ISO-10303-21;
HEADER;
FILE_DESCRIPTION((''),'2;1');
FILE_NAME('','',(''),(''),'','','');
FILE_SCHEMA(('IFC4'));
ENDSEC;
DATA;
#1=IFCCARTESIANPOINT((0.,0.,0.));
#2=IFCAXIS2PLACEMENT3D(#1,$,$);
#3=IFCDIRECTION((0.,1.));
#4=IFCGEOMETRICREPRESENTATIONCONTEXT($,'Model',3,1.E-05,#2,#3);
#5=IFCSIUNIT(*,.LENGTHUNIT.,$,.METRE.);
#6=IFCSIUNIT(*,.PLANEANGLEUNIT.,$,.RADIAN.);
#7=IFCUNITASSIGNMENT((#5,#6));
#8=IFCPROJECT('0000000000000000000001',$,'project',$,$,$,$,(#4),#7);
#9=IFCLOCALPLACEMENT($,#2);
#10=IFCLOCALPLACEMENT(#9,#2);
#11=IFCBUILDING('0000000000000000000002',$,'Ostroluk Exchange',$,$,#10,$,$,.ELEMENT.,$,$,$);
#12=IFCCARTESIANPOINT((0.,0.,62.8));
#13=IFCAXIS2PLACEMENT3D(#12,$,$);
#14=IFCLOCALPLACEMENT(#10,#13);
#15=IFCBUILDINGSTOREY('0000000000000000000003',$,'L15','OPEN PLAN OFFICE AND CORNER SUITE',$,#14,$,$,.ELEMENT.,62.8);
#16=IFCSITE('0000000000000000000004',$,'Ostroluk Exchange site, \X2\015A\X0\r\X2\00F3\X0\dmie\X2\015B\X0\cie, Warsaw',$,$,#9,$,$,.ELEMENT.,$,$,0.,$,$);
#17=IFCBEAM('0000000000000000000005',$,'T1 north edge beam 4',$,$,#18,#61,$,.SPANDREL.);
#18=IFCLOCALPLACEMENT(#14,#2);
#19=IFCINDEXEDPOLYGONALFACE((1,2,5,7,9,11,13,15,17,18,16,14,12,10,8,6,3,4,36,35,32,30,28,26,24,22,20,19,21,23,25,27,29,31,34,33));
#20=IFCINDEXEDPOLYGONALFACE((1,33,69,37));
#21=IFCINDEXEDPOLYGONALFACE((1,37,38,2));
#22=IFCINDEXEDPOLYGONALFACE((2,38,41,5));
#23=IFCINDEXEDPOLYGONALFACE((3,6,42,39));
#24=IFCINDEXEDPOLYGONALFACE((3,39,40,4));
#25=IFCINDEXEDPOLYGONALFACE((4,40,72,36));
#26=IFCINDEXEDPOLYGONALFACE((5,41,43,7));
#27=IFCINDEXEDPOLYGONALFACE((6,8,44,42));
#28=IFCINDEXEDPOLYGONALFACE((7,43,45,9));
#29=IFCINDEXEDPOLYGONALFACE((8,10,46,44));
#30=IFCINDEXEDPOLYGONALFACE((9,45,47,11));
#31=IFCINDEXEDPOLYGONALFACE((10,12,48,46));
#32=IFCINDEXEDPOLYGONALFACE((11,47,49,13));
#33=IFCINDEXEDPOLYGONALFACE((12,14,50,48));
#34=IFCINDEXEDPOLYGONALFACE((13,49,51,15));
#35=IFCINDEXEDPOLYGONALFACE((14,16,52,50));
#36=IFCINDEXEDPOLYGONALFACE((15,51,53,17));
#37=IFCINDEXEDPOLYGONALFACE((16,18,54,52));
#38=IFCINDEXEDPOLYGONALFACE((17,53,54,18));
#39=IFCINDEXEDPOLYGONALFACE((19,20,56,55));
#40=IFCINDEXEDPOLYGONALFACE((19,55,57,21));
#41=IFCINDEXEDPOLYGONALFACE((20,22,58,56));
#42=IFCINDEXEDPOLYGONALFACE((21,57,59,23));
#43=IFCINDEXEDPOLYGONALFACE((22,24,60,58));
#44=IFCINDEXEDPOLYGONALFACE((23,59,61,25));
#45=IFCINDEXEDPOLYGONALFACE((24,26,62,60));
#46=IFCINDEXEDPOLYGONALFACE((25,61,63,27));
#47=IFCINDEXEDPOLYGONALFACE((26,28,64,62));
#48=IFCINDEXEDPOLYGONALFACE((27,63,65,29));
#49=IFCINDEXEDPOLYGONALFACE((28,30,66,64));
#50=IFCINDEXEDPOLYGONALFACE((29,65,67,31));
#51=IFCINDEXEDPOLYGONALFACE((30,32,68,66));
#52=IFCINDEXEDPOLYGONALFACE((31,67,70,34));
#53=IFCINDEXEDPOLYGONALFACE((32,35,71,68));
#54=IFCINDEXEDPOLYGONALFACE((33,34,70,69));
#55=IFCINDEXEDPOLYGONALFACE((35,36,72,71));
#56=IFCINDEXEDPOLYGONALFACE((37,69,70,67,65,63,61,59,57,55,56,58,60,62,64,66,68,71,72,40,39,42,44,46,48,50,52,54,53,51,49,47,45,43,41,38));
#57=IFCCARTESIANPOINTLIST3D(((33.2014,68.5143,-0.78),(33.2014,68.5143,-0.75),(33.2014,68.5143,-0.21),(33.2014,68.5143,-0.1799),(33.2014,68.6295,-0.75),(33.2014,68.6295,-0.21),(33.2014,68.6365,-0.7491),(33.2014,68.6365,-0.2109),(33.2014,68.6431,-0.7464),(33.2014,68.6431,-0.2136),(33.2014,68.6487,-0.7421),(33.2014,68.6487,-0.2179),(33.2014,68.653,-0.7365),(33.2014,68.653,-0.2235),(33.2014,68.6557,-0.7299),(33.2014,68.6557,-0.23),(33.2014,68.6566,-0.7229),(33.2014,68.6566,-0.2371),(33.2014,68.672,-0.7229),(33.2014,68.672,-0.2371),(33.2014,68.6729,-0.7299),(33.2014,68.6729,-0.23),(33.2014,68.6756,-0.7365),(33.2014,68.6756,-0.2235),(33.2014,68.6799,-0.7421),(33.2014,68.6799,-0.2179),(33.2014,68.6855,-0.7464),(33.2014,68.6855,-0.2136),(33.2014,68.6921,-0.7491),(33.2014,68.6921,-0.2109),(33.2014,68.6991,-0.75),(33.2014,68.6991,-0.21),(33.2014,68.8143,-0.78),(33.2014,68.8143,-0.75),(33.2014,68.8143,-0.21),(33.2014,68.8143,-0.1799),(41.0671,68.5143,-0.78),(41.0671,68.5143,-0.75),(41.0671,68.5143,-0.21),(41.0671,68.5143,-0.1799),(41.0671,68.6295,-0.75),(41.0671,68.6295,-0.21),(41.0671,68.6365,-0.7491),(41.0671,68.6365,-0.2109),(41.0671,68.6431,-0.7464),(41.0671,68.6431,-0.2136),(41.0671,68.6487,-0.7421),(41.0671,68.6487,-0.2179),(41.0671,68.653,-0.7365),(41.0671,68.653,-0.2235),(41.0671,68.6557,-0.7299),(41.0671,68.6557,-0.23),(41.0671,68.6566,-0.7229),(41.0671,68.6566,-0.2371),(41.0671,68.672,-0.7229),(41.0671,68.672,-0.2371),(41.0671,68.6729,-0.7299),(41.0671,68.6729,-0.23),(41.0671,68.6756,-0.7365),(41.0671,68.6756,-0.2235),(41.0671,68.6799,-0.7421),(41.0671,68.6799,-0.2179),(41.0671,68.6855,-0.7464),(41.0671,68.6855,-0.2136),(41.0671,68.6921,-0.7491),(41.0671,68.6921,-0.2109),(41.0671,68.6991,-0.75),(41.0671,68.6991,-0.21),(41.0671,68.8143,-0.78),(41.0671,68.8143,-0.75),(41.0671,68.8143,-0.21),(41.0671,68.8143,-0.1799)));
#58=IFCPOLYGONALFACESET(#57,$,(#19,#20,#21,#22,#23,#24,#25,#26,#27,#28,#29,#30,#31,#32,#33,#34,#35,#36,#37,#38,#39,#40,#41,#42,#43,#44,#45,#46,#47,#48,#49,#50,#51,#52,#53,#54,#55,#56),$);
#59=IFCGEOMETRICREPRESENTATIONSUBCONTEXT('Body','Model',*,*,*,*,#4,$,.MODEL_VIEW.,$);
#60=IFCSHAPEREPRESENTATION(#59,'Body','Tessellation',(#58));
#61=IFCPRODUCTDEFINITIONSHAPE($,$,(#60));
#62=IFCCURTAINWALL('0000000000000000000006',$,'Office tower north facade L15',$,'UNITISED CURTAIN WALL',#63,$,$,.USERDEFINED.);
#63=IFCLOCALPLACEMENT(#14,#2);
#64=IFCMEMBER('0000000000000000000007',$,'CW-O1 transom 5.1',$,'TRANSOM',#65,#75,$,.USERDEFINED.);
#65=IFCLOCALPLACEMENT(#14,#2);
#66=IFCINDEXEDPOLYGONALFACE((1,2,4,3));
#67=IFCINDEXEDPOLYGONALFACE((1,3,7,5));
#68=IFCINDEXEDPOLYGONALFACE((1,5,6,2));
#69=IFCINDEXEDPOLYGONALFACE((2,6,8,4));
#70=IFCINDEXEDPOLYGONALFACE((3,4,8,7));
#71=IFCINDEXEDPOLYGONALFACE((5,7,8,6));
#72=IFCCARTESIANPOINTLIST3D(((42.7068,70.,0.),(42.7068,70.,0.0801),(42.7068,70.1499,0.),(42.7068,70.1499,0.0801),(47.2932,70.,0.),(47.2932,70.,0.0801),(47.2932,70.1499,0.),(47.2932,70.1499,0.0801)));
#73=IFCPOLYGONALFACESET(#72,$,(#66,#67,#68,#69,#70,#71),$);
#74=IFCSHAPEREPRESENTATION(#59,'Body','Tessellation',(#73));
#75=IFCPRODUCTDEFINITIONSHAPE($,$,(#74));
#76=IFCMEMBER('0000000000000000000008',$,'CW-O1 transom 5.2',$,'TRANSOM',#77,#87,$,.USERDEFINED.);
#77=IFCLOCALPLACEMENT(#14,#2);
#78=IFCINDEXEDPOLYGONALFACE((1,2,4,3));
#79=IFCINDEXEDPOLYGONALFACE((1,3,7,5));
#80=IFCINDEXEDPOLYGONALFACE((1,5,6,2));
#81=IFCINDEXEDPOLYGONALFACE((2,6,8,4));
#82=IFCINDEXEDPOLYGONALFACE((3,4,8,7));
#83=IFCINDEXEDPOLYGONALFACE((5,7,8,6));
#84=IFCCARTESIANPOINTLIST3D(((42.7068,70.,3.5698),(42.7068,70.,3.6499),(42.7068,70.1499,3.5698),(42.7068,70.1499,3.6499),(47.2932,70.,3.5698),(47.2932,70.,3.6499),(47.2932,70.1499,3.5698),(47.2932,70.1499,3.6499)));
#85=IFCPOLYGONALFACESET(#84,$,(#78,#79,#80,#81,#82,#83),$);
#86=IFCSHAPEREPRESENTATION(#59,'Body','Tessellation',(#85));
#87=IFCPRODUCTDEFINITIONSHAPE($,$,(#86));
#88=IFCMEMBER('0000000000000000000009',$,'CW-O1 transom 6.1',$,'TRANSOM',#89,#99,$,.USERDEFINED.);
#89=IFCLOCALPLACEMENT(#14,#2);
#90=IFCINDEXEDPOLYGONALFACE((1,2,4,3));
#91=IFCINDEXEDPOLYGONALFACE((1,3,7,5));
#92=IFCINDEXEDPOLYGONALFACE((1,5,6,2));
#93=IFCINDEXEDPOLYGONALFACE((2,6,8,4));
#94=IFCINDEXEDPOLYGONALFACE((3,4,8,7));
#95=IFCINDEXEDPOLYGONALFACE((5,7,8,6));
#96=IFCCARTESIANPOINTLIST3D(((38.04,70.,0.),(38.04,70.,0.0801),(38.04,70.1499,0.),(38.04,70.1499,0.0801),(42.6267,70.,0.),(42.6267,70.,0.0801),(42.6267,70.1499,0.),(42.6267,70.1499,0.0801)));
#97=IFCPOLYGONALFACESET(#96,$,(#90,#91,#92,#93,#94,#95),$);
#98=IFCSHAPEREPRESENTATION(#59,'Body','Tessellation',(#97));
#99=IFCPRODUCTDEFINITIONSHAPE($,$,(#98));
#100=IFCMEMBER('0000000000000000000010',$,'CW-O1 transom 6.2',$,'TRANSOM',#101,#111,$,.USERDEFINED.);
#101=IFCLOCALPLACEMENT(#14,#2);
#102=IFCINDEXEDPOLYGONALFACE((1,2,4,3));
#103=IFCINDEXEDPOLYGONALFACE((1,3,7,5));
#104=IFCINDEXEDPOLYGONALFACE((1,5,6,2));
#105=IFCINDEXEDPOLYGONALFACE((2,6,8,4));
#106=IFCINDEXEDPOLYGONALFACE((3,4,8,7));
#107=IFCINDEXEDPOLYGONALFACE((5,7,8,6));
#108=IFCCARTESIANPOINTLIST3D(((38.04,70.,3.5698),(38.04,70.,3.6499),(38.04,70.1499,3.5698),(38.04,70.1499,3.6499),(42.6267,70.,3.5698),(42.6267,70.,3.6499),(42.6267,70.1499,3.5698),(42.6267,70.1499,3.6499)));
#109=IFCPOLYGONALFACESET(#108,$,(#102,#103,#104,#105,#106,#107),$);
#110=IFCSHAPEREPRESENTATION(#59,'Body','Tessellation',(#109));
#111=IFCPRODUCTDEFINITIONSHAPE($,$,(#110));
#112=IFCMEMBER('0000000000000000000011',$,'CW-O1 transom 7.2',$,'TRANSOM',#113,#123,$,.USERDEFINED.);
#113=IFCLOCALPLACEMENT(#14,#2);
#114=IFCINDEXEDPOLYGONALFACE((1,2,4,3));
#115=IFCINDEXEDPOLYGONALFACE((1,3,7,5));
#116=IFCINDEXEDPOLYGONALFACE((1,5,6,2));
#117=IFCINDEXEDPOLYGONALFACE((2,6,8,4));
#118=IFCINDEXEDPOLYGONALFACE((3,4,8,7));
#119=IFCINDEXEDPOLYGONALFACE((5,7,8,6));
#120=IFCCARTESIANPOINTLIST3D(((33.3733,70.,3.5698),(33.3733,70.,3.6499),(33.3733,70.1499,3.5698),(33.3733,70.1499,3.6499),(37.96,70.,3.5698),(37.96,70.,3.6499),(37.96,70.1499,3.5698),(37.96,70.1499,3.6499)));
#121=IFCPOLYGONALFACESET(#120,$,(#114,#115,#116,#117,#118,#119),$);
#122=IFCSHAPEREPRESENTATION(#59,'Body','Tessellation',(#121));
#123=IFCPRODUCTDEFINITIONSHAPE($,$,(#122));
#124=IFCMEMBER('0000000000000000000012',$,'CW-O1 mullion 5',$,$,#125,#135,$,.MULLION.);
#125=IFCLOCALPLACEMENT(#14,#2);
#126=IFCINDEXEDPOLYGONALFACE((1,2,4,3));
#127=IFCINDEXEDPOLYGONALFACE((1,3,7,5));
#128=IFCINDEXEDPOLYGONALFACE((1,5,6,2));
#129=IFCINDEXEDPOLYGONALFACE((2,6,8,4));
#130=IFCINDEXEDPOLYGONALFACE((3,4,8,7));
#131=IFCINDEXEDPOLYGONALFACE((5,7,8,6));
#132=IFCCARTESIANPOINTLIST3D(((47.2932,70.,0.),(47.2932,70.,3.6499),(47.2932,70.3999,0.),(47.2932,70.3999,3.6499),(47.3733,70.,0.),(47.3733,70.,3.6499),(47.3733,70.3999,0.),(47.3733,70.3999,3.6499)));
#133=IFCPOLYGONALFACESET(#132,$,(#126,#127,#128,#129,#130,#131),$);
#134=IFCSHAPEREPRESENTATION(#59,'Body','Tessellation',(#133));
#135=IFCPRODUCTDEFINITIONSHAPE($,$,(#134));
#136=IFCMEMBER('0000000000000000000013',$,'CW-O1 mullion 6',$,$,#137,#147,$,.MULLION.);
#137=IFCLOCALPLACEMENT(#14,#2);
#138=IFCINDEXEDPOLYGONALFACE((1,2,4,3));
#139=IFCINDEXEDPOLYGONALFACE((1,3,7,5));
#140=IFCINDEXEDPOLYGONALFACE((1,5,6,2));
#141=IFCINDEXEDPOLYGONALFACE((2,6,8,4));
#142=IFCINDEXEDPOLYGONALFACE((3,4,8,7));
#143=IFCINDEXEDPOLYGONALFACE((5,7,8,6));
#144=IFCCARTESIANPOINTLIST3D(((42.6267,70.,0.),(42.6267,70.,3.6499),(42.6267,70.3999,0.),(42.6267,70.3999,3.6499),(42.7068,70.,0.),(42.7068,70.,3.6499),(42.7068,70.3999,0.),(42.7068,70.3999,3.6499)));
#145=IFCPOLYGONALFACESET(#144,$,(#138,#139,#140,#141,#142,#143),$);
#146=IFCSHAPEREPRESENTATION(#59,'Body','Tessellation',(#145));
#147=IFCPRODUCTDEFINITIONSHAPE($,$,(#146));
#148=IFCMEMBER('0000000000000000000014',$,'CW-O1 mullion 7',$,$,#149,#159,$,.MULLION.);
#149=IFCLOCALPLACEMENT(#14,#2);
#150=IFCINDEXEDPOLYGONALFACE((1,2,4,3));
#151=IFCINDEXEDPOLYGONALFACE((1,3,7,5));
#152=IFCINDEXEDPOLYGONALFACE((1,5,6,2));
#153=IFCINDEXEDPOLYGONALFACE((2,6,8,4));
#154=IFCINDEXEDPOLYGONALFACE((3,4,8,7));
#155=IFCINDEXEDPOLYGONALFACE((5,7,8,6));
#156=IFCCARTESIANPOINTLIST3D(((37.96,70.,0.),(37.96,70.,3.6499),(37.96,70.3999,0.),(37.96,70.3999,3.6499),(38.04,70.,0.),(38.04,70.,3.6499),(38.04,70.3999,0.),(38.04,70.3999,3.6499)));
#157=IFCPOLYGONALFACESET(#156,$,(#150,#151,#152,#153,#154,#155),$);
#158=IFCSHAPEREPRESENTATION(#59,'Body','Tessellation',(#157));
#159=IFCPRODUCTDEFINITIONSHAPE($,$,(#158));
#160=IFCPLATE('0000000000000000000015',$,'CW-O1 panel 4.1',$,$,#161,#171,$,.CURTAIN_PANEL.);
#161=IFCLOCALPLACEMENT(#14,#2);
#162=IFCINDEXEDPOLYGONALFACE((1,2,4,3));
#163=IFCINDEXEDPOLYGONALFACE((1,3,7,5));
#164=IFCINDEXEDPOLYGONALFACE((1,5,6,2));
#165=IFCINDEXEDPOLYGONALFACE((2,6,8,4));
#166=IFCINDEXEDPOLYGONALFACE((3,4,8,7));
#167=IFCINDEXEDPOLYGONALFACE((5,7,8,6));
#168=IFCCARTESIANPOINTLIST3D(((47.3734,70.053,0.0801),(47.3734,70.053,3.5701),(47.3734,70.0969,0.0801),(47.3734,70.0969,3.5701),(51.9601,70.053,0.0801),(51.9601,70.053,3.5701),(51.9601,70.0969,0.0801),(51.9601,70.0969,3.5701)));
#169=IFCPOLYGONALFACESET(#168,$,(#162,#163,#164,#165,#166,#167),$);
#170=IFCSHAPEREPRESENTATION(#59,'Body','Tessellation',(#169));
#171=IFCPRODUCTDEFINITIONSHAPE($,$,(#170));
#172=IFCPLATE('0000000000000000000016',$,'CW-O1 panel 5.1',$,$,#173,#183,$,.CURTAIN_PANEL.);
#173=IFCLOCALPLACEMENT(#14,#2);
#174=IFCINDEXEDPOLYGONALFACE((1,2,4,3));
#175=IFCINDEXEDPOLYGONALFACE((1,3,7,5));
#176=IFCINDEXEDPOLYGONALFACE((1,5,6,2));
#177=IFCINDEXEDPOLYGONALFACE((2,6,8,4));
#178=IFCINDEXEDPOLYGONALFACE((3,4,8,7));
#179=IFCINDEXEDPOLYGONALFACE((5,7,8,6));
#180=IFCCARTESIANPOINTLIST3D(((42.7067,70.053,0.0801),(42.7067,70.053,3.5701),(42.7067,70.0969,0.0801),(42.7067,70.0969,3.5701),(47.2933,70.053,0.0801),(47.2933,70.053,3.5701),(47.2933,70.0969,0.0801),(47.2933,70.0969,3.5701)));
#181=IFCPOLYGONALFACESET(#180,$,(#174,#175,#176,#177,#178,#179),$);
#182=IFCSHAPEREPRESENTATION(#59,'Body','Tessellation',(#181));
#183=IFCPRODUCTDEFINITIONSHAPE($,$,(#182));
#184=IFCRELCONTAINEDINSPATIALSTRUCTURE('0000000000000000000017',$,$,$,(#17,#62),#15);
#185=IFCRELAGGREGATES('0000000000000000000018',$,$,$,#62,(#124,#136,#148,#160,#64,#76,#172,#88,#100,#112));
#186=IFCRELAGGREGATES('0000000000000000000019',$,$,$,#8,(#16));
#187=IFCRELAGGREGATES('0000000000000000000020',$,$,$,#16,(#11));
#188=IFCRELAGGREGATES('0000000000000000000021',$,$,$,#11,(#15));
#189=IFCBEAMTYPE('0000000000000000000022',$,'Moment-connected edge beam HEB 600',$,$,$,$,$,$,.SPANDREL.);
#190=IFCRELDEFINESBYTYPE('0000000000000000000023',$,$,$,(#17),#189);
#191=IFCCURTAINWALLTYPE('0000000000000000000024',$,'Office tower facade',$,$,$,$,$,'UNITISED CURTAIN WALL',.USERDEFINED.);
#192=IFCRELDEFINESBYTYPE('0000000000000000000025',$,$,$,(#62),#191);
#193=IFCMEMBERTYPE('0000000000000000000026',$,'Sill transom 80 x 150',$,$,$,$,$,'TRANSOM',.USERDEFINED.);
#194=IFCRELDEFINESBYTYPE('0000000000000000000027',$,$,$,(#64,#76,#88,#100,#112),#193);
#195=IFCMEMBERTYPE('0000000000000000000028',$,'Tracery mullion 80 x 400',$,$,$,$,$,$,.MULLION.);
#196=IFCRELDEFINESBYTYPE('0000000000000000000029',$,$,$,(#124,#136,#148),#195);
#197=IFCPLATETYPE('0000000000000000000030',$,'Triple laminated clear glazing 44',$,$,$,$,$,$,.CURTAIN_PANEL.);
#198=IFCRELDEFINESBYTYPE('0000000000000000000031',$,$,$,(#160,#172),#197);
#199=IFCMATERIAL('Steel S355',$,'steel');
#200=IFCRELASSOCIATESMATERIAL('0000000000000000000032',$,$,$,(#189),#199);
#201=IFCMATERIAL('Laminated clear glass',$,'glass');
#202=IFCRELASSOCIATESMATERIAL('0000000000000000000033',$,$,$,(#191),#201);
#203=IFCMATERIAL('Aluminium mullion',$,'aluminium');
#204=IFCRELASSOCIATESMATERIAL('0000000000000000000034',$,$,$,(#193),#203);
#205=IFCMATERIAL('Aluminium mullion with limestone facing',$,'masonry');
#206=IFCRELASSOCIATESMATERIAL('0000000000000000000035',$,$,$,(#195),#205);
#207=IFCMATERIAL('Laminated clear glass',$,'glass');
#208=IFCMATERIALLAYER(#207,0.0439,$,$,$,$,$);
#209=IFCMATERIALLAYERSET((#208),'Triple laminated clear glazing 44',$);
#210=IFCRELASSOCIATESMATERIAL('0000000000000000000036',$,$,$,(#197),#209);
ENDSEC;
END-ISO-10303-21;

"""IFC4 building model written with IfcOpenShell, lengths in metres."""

from ifc_helpers import new_model, si_unit, direction, frame, origin, origin_2d, place, context, subcontext, project, spatial, rectangle, i_section, extrude, material, layer, layer_set, material_profile, profile_set, type_object, element, aggregate, save


model = new_model("IFC4")

# Units and contexts
model_context = context("Model", 3, precision=1e-05, world=origin(), true_north=direction((0.0, 1.0)))
body_context = subcontext(model_context, "Body", "Model", "MODEL_VIEW")
ifc_project = project(units=[si_unit("LENGTHUNIT", "METRE"), si_unit("PLANEANGLEUNIT", "RADIAN")], contexts=[model_context])

# Site, building, storey
site_placement = place(None, origin())
site = spatial("IfcSite", under=ifc_project, at=site_placement, Name="Ostroluk Exchange site, Śródmieście, Warsaw", CompositionType="ELEMENT", RefElevation=0.0)
building_placement = place(site_placement, origin())
building = spatial("IfcBuilding", under=site, at=building_placement, Name="Ostroluk Exchange", CompositionType="ELEMENT")
storey_placement = place(building_placement, frame((0.0, 0.0, 62.8)))
storey = spatial("IfcBuildingStorey", under=building, at=storey_placement, Name="L15", Description="OPEN PLAN OFFICE AND CORNER SUITE", CompositionType="ELEMENT", Elevation=62.8)

# Beam
ifc_material_1 = material(Name="Steel S355", Category="steel")
ifc_material_profile_1 = material_profile(ifc_material_1, i_section(OverallWidth=0.3, OverallDepth=0.6001, WebThickness=0.0154, FlangeThickness=0.03, FilletRadius=0.0271, at=origin_2d()), Name="HEB 600")
ifc_profile_set_1 = profile_set([ifc_material_profile_1], Name="Steel S355")
beam_type_1 = type_object("IfcBeamType", Name="Moment-connected edge beam HEB 600", PredefinedType="SPANDREL", material=ifc_profile_set_1)
for number, where, z_axis, x_axis, name in (
    (1, (41.0671, 68.6643, -0.48), (-1.0, 0.0, 0.0), (0.0, -1.0, 0.0), "T1 north edge beam 4"),
):
    element("IfcBeam", number, at=place(storey_placement, frame(where, z_axis=z_axis, x_axis=x_axis)), inside=storey, type_object=beam_type_1, Name=name, PredefinedType="SPANDREL", context=body_context, shape_type="SweptSolid", body=[
        extrude(i_section(OverallWidth=0.3, OverallDepth=0.6001, WebThickness=0.0154, FlangeThickness=0.03, FilletRadius=0.0271, at=origin_2d()), origin(), (0.0, 0.0, 1.0), 7.8657),
    ])

# Curtain wall, members, plates
ifc_material_2 = material(Name="Laminated clear glass", Category="glass")
curtain_wall_type = type_object("IfcCurtainWallType", Name="Office tower facade", ElementType="UNITISED CURTAIN WALL", PredefinedType="USERDEFINED", material=ifc_material_2)
curtain_wall_placement = place(storey_placement, origin())
curtain_wall = element("IfcCurtainWall", 2, at=curtain_wall_placement, inside=storey, type_object=curtain_wall_type, Name="Office tower north facade L15", ObjectType="UNITISED CURTAIN WALL", PredefinedType="USERDEFINED")
ifc_material_3 = material(Name="Aluminium mullion", Category="aluminium")
ifc_material_profile_2 = material_profile(ifc_material_3, rectangle(XDim=0.1499, YDim=0.0801, at=origin_2d()), Name="Sill transom 80 x 150")
ifc_profile_set_2 = profile_set([ifc_material_profile_2], Name="Aluminium mullion")
member_type_1 = type_object("IfcMemberType", Name="Sill transom 80 x 150", ElementType="TRANSOM", PredefinedType="USERDEFINED", material=ifc_profile_set_2)
member_1_placement = place(storey_placement, frame((47.2932, 70.075, 0.04), z_axis=(-1.0, 0.0, 0.0), x_axis=(0.0, -1.0, 0.0)))
member_1 = element("IfcMember", 3, at=member_1_placement, type_object=member_type_1, Name="CW-O1 transom 5.1", ObjectType="TRANSOM", PredefinedType="USERDEFINED", context=body_context, shape_type="SweptSolid", body=[
    extrude(rectangle(XDim=0.1499, YDim=0.0801, at=origin_2d()), origin(), (0.0, 0.0, 1.0), 4.5864),
])
member_2_placement = place(storey_placement, frame((47.2932, 70.075, 3.6099), z_axis=(-1.0, 0.0, 0.0), x_axis=(0.0, -1.0, 0.0)))
member_2 = element("IfcMember", 4, at=member_2_placement, type_object=member_type_1, Name="CW-O1 transom 5.2", ObjectType="TRANSOM", PredefinedType="USERDEFINED", context=body_context, shape_type="SweptSolid", body=[
    extrude(rectangle(XDim=0.1499, YDim=0.0801, at=origin_2d()), origin(), (0.0, 0.0, 1.0), 4.5864),
])
member_3_placement = place(storey_placement, frame((42.6267, 70.075, 0.04), z_axis=(-1.0, 0.0, 0.0), x_axis=(0.0, -1.0, 0.0)))
member_3 = element("IfcMember", 5, at=member_3_placement, type_object=member_type_1, Name="CW-O1 transom 6.1", ObjectType="TRANSOM", PredefinedType="USERDEFINED", context=body_context, shape_type="SweptSolid", body=[
    extrude(rectangle(XDim=0.1499, YDim=0.0801, at=origin_2d()), origin(), (0.0, 0.0, 1.0), 4.5867),
])
member_4_placement = place(storey_placement, frame((42.6267, 70.075, 3.6099), z_axis=(-1.0, 0.0, 0.0), x_axis=(0.0, -1.0, 0.0)))
member_4 = element("IfcMember", 6, at=member_4_placement, type_object=member_type_1, Name="CW-O1 transom 6.2", ObjectType="TRANSOM", PredefinedType="USERDEFINED", context=body_context, shape_type="SweptSolid", body=[
    extrude(rectangle(XDim=0.1499, YDim=0.0801, at=origin_2d()), origin(), (0.0, 0.0, 1.0), 4.5867),
])
member_5_placement = place(storey_placement, frame((37.96, 70.075, 3.6099), z_axis=(-1.0, 0.0, 0.0), x_axis=(0.0, -1.0, 0.0)))
member_5 = element("IfcMember", 7, at=member_5_placement, type_object=member_type_1, Name="CW-O1 transom 7.2", ObjectType="TRANSOM", PredefinedType="USERDEFINED", context=body_context, shape_type="SweptSolid", body=[
    extrude(rectangle(XDim=0.1499, YDim=0.0801, at=origin_2d()), origin(), (0.0, 0.0, 1.0), 4.5867),
])
ifc_material_4 = material(Name="Aluminium mullion with limestone facing", Category="masonry")
ifc_material_profile_3 = material_profile(ifc_material_4, rectangle(XDim=0.3999, YDim=0.0801, at=origin_2d()), Name="Tracery mullion 80 x 400")
ifc_profile_set_3 = profile_set([ifc_material_profile_3], Name="Aluminium mullion with limestone facing")
member_type_2 = type_object("IfcMemberType", Name="Tracery mullion 80 x 400", PredefinedType="MULLION", material=ifc_profile_set_3)
member_6_placement = place(storey_placement, frame((47.3333, 70.2, 0.0), z_axis=(0.0, 0.0, 1.0), x_axis=(0.0, -1.0, 0.0)))
member_6 = element("IfcMember", 8, at=member_6_placement, type_object=member_type_2, Name="CW-O1 mullion 5", PredefinedType="MULLION", context=body_context, shape_type="SweptSolid", body=[
    extrude(rectangle(XDim=0.3999, YDim=0.0801, at=origin_2d()), origin(), (0.0, 0.0, 1.0), 3.6499),
])
member_7_placement = place(storey_placement, frame((42.6667, 70.2, 0.0), z_axis=(0.0, 0.0, 1.0), x_axis=(0.0, -1.0, 0.0)))
member_7 = element("IfcMember", 9, at=member_7_placement, type_object=member_type_2, Name="CW-O1 mullion 6", PredefinedType="MULLION", context=body_context, shape_type="SweptSolid", body=[
    extrude(rectangle(XDim=0.3999, YDim=0.0801, at=origin_2d()), origin(), (0.0, 0.0, 1.0), 3.6499),
])
member_8_placement = place(storey_placement, frame((38.0, 70.2, 0.0), z_axis=(0.0, 0.0, 1.0), x_axis=(0.0, -1.0, 0.0)))
member_8 = element("IfcMember", 10, at=member_8_placement, type_object=member_type_2, Name="CW-O1 mullion 7", PredefinedType="MULLION", context=body_context, shape_type="SweptSolid", body=[
    extrude(rectangle(XDim=0.3999, YDim=0.0801, at=origin_2d()), origin(), (0.0, 0.0, 1.0), 3.6499),
])
ifc_material_5 = material(Name="Laminated clear glass", Category="glass")
ifc_layer_1 = layer(ifc_material_5, 0.0439)
ifc_layer_set_1 = layer_set([ifc_layer_1], Name="Triple laminated clear glazing 44")
plate_type = type_object("IfcPlateType", Name="Triple laminated clear glazing 44", PredefinedType="CURTAIN_PANEL", material=ifc_layer_set_1)
plate_1_placement = place(storey_placement, frame((49.6667, 70.075, 0.0801), z_axis=(0.0, 0.0, 1.0), x_axis=(-1.0, 0.0, 0.0)))
plate_1 = element("IfcPlate", 11, at=plate_1_placement, type_object=plate_type, Name="CW-O1 panel 4.1", PredefinedType="CURTAIN_PANEL", context=body_context, shape_type="SweptSolid", body=[
    extrude(rectangle(XDim=4.5867, YDim=0.0439, at=origin_2d()), origin(), (0.0, 0.0, 1.0), 3.49),
])
plate_2_placement = place(storey_placement, frame((45.0, 70.075, 0.0801), z_axis=(0.0, 0.0, 1.0), x_axis=(-1.0, 0.0, 0.0)))
plate_2 = element("IfcPlate", 12, at=plate_2_placement, type_object=plate_type, Name="CW-O1 panel 5.1", PredefinedType="CURTAIN_PANEL", context=body_context, shape_type="SweptSolid", body=[
    extrude(rectangle(XDim=4.5867, YDim=0.0439, at=origin_2d()), origin(), (0.0, 0.0, 1.0), 3.49),
])
aggregate(curtain_wall, [member_6, member_7, member_8, plate_1, member_1, member_2, plate_2, member_3, member_4, member_5])

save(model, "model.ifc")
